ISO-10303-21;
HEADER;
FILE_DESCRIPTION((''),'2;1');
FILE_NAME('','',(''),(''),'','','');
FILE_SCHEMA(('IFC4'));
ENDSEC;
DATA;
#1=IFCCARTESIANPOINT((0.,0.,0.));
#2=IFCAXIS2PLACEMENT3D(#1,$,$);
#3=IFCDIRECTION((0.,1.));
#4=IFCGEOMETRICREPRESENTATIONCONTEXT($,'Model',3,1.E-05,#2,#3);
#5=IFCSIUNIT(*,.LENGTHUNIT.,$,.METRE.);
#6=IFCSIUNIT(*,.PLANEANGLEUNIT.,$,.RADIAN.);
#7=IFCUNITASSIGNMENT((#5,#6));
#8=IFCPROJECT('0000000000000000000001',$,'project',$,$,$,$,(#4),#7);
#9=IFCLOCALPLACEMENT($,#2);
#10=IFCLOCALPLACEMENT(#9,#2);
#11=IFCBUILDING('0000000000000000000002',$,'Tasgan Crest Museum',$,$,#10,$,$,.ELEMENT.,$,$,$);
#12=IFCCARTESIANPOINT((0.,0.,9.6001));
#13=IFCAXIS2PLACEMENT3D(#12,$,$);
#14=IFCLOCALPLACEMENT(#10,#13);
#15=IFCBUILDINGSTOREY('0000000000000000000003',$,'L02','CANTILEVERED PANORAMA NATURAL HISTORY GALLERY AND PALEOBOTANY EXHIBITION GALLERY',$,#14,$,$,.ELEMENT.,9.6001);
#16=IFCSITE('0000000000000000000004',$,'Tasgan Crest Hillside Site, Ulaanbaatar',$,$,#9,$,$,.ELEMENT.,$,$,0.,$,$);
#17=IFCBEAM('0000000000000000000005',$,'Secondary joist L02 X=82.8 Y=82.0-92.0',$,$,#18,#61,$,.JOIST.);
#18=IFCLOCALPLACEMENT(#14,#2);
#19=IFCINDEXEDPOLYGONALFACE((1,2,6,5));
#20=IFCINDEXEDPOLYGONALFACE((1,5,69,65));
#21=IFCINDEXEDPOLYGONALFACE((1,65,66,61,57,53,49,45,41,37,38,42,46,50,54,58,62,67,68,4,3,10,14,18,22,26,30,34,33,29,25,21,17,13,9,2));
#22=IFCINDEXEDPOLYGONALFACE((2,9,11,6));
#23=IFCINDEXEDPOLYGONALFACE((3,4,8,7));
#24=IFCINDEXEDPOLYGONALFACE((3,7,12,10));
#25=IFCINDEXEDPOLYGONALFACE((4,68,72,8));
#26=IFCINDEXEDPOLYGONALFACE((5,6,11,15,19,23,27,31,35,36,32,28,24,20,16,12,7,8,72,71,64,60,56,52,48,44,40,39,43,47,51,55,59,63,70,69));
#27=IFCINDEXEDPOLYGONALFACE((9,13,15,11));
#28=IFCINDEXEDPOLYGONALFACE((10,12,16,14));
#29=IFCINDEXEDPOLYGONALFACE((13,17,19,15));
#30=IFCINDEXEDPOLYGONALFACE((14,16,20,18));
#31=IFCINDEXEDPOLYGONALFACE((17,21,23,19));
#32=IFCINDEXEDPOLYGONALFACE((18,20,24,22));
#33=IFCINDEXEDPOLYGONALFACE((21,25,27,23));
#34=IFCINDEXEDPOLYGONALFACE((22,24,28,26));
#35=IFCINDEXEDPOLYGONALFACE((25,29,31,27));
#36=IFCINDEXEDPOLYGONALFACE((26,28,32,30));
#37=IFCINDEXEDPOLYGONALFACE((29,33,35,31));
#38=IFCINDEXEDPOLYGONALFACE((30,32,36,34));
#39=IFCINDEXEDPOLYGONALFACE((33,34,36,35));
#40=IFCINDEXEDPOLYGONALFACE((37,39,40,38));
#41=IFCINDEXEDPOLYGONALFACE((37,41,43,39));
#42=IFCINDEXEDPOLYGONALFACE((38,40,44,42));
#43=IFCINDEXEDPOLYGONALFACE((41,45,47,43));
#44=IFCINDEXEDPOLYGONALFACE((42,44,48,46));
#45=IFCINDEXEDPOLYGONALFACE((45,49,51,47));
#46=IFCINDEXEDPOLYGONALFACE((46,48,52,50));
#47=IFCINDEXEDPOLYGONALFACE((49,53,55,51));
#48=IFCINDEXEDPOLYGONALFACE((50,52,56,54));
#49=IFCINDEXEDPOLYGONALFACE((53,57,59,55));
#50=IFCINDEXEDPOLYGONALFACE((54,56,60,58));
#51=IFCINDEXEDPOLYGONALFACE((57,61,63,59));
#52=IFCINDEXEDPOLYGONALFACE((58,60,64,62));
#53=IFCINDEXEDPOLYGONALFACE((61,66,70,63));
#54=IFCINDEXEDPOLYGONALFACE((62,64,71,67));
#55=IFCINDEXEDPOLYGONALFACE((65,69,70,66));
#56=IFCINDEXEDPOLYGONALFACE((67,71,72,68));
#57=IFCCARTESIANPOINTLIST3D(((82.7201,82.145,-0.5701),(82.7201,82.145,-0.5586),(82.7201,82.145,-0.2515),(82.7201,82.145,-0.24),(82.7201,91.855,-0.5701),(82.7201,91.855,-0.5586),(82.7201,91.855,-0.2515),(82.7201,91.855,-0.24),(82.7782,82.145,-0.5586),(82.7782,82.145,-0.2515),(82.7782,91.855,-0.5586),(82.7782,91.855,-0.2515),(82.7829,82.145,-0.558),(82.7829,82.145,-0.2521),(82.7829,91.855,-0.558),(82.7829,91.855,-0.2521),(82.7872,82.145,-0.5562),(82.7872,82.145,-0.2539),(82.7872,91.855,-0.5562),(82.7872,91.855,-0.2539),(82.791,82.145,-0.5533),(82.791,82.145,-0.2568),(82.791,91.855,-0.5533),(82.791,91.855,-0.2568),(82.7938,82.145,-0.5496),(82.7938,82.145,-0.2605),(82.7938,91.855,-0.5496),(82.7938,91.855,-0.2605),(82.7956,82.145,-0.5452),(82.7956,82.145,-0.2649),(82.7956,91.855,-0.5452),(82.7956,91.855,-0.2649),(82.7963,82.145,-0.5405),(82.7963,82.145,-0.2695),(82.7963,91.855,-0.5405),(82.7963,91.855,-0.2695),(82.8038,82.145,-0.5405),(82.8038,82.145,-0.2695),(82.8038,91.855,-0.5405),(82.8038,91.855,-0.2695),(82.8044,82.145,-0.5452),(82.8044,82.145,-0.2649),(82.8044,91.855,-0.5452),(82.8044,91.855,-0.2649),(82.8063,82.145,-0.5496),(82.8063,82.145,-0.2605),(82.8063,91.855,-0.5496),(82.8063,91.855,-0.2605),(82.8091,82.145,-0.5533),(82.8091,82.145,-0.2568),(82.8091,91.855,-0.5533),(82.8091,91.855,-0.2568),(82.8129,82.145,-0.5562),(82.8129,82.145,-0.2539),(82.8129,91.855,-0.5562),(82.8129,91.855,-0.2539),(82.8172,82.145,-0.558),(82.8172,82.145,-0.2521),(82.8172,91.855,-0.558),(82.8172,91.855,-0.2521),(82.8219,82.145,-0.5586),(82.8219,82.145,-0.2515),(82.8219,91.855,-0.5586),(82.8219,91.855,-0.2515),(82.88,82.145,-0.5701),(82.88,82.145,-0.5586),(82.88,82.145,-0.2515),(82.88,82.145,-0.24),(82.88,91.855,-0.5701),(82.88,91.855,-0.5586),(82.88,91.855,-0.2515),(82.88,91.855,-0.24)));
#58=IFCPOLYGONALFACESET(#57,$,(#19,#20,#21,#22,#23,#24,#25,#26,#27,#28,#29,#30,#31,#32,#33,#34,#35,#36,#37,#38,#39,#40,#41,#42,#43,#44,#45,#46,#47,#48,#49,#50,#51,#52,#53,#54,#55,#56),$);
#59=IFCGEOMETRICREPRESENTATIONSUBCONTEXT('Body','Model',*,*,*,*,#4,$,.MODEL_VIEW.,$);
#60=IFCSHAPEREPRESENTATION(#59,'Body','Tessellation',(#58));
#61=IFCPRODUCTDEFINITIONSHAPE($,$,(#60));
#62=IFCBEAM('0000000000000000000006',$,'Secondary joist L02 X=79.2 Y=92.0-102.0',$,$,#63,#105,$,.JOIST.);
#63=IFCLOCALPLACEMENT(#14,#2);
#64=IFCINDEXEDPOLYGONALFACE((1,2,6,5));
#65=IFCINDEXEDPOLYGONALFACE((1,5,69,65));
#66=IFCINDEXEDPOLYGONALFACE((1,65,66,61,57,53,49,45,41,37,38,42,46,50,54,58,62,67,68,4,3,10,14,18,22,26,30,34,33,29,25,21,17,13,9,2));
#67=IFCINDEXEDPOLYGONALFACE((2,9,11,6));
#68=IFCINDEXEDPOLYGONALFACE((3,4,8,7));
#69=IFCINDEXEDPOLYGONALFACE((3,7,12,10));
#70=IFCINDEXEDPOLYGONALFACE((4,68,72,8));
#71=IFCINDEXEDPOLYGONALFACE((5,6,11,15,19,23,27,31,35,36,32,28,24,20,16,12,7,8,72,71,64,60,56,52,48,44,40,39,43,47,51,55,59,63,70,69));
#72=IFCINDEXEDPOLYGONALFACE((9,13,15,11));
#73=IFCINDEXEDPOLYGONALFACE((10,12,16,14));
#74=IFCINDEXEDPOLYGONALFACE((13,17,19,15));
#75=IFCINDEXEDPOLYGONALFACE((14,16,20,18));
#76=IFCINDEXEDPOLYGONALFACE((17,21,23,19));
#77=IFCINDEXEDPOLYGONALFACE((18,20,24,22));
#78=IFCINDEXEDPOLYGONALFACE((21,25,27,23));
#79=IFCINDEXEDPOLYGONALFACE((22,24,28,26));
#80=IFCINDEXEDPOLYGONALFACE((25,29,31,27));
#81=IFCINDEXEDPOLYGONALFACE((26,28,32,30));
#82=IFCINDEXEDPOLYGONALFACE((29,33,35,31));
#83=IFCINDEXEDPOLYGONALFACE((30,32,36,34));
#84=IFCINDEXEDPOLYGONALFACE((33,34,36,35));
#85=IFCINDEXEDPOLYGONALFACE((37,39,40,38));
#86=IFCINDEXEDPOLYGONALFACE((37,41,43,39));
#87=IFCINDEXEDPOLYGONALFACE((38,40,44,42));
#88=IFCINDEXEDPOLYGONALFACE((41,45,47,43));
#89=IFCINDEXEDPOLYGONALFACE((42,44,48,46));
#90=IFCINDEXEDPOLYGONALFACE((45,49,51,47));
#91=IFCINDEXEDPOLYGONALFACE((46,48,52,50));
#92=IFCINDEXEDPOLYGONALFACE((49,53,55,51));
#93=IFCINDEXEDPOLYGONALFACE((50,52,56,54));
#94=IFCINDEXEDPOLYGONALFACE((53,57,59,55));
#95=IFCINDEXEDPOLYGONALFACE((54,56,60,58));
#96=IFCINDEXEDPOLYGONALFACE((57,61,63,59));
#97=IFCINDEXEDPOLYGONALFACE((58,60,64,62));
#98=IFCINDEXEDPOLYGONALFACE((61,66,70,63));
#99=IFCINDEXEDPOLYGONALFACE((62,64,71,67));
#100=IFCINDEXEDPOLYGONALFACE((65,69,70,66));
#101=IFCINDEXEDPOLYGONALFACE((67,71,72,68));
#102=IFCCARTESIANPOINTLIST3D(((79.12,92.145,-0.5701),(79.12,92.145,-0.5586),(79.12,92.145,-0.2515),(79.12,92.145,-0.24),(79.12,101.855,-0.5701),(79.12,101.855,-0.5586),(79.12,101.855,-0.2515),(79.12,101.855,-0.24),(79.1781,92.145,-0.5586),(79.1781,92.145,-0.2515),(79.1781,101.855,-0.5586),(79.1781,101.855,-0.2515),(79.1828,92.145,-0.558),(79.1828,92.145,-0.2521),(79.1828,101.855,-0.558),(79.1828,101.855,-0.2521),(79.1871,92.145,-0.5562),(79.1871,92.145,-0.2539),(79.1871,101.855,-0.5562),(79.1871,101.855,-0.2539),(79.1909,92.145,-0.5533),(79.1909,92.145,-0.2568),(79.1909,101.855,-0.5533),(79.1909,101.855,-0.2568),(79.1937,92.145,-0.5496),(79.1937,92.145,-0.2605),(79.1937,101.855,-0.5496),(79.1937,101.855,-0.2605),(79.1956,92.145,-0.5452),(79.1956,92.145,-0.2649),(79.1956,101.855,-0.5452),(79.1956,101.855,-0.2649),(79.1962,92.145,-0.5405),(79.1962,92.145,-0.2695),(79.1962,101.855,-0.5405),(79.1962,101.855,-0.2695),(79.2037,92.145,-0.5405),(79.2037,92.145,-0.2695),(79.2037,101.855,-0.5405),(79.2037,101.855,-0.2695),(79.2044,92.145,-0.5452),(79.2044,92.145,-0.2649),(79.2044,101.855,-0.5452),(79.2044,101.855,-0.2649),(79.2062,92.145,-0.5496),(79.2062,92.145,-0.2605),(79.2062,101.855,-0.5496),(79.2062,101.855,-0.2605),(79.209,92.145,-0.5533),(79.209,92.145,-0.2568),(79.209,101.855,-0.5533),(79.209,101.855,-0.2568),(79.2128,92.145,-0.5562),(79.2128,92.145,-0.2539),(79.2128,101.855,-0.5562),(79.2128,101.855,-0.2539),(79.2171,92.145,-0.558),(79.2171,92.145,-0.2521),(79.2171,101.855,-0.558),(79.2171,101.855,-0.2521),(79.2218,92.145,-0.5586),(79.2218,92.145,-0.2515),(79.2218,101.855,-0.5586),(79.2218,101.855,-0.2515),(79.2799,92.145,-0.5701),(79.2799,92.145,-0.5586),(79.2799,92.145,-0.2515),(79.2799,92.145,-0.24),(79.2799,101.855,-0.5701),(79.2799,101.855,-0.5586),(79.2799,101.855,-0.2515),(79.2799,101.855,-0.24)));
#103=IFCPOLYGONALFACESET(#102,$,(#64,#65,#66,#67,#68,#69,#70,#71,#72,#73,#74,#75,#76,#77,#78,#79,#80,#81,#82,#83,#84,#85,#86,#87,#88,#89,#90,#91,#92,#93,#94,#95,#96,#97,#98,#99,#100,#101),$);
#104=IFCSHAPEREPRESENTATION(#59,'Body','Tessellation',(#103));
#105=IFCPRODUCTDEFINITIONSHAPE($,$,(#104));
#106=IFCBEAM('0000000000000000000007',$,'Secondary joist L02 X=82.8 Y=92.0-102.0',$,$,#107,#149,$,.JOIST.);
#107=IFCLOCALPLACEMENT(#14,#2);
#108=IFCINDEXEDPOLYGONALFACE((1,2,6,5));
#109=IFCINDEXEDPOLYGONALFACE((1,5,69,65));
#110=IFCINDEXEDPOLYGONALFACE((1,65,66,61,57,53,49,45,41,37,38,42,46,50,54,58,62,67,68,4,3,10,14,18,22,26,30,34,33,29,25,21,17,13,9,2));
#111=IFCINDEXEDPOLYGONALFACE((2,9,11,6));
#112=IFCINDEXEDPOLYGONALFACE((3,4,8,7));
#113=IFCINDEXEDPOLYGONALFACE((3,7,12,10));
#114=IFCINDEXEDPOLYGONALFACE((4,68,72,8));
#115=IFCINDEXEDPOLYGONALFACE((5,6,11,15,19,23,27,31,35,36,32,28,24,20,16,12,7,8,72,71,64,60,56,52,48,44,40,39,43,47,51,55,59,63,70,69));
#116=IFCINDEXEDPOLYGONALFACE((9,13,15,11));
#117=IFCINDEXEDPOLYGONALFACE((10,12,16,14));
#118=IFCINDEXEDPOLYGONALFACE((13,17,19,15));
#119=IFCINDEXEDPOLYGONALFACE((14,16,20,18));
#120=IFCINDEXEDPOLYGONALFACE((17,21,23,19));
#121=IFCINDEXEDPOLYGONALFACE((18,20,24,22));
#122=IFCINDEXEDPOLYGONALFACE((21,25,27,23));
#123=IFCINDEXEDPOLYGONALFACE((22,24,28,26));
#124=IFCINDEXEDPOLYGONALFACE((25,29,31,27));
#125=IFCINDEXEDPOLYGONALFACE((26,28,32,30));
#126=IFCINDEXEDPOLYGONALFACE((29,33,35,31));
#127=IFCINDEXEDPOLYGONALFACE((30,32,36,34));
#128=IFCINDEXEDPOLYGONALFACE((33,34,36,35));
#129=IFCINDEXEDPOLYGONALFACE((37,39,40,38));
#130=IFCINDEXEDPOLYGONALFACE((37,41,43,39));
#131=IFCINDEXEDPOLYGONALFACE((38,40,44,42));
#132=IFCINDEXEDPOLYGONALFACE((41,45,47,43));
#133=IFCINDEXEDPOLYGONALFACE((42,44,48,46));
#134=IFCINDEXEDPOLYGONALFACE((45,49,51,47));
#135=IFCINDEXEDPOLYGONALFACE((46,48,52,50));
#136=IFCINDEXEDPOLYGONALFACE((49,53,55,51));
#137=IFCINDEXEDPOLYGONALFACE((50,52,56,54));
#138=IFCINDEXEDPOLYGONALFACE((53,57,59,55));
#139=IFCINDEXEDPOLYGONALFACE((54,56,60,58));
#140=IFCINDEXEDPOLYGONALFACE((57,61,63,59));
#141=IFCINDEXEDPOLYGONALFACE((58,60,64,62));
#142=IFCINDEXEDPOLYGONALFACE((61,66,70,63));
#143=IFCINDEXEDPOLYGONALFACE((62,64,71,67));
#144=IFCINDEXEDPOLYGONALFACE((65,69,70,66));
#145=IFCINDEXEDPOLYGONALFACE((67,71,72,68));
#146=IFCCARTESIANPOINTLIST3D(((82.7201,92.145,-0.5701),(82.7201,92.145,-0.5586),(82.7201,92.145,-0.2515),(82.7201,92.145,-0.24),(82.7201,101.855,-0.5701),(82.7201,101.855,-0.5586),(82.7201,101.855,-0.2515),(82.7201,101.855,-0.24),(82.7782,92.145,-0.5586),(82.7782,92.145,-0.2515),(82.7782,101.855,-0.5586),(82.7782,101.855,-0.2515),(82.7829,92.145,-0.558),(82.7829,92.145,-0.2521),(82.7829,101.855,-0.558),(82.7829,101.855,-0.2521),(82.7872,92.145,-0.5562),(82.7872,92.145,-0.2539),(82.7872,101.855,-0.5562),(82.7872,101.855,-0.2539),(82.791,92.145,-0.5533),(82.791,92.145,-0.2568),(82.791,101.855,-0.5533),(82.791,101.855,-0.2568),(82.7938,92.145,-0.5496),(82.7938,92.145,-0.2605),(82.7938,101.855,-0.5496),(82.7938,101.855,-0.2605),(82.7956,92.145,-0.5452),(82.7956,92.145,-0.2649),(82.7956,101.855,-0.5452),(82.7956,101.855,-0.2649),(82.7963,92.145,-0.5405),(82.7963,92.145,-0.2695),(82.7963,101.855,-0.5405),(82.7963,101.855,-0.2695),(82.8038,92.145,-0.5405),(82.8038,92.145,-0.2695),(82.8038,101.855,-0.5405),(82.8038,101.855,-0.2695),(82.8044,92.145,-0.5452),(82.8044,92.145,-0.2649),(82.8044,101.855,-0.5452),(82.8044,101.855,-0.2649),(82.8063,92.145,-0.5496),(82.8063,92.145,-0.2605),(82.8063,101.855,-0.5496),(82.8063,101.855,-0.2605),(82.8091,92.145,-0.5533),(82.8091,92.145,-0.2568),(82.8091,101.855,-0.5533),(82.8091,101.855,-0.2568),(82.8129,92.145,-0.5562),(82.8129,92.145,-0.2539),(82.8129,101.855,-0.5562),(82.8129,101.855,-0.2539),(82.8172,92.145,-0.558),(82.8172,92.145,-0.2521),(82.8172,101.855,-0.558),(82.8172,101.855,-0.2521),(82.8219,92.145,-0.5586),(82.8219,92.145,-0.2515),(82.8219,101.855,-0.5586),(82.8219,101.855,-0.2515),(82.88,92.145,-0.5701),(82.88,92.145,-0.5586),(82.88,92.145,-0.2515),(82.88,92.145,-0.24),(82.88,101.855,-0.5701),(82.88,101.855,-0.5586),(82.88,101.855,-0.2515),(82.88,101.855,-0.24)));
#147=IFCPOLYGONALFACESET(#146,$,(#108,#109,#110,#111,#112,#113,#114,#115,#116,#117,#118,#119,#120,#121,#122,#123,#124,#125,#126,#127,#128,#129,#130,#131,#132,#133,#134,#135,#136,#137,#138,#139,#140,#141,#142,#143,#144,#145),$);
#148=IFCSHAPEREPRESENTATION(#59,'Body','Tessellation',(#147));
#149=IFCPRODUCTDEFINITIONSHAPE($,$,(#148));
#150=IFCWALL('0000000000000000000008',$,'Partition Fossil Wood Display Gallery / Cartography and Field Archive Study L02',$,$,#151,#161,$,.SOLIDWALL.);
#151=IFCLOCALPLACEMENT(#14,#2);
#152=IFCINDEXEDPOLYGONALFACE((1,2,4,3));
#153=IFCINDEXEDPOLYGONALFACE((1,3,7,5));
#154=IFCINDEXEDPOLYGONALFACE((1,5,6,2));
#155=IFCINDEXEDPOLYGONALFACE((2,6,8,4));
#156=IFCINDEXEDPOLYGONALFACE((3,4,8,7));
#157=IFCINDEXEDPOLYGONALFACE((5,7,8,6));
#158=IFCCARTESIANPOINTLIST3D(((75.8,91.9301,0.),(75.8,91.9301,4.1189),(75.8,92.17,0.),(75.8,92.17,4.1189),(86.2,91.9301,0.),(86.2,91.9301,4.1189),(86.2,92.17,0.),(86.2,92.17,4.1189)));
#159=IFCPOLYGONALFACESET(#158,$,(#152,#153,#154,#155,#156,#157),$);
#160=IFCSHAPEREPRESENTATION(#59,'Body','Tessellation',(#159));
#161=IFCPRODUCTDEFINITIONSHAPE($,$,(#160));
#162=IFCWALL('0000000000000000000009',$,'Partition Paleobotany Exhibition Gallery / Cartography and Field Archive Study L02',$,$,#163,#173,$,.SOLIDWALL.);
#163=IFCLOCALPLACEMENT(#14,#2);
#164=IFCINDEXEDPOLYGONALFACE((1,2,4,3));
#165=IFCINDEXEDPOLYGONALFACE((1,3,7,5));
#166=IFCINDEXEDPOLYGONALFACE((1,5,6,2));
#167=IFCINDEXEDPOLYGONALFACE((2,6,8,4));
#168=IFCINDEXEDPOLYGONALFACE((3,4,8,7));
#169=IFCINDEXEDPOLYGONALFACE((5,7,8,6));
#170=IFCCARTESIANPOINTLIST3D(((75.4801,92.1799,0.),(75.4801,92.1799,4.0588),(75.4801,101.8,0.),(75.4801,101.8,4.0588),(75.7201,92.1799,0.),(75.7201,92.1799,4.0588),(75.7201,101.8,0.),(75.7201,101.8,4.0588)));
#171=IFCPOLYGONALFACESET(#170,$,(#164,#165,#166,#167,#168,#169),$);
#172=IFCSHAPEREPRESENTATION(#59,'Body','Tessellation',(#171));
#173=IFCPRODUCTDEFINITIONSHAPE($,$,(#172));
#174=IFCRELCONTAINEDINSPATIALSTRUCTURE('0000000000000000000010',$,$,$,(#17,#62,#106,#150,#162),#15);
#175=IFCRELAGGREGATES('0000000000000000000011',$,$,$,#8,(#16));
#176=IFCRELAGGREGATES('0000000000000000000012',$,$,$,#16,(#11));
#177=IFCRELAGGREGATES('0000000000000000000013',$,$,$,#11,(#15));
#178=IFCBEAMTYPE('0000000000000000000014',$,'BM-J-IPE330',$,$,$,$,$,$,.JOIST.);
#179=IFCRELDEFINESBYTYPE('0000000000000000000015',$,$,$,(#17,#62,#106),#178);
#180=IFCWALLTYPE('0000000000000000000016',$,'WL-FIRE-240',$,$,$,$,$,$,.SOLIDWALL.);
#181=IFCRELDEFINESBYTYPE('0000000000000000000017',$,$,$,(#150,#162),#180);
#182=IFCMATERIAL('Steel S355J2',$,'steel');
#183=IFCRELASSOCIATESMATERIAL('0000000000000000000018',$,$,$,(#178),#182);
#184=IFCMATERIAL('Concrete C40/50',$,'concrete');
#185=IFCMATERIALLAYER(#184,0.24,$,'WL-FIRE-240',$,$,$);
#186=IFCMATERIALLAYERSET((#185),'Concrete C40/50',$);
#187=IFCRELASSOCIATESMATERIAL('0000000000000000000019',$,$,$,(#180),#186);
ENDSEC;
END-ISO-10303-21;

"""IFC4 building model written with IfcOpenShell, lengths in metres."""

from ifc_helpers import new_model, si_unit, direction, frame, frame_2d, origin, origin_2d, place, context, subcontext, project, spatial, rectangle, i_section, extrude, material, layer, layer_set, material_profile, profile_set, type_object, element, save


model = new_model("IFC4")

# Units and contexts
model_context = context("Model", 3, precision=1e-05, world=origin(), true_north=direction((0.0, 1.0)))
body_context = subcontext(model_context, "Body", "Model", "MODEL_VIEW")
ifc_project = project(units=[si_unit("LENGTHUNIT", "METRE"), si_unit("PLANEANGLEUNIT", "RADIAN")], contexts=[model_context])

# Site, building, storey
site_placement = place(None, origin())
site = spatial("IfcSite", under=ifc_project, at=site_placement, Name="Tasgan Crest Hillside Site, Ulaanbaatar", CompositionType="ELEMENT", RefElevation=0.0)
building_placement = place(site_placement, origin())
building = spatial("IfcBuilding", under=site, at=building_placement, Name="Tasgan Crest Museum", CompositionType="ELEMENT")
storey_placement = place(building_placement, frame((0.0, 0.0, 9.6001)))
storey = spatial("IfcBuildingStorey", under=building, at=storey_placement, Name="L02", Description="CANTILEVERED PANORAMA NATURAL HISTORY GALLERY AND PALEOBOTANY EXHIBITION GALLERY", CompositionType="ELEMENT", Elevation=9.6001)

# Beams
ifc_material_1 = material(Name="Steel S355J2", Category="steel")
ifc_material_profile_1 = material_profile(ifc_material_1, i_section(OverallWidth=0.1599, OverallDepth=0.3301, WebThickness=0.0076, FlangeThickness=0.0115, FilletRadius=0.0181, at=origin_2d()), Name="IPE 330")
ifc_profile_set_1 = profile_set([ifc_material_profile_1], Name="Steel S355J2")
beam_type_1 = type_object("IfcBeamType", Name="BM-J-IPE330", PredefinedType="JOIST", material=ifc_profile_set_1)
for number, where, z_axis, x_axis, name in (
    (1, (82.8, 82.145, -0.405), (0.0, 1.0, 0.0), (-1.0, 0.0, 0.0), "Secondary joist L02 X=82.8 Y=82.0-92.0"),
    (2, (79.2, 92.145, -0.405), (0.0, 1.0, 0.0), (-1.0, 0.0, 0.0), "Secondary joist L02 X=79.2 Y=92.0-102.0"),
    (3, (82.8, 92.145, -0.405), (0.0, 1.0, 0.0), (-1.0, 0.0, 0.0), "Secondary joist L02 X=82.8 Y=92.0-102.0"),
):
    element("IfcBeam", number, at=place(storey_placement, frame(where, z_axis=z_axis, x_axis=x_axis)), inside=storey, type_object=beam_type_1, Name=name, PredefinedType="JOIST", context=body_context, shape_type="SweptSolid", body=[
        extrude(i_section(OverallWidth=0.1599, OverallDepth=0.3301, WebThickness=0.0076, FlangeThickness=0.0115, FilletRadius=0.0181, at=origin_2d()), origin(), (0.0, 0.0, 1.0), 9.71),
    ])

# Walls
ifc_material_2 = material(Name="Concrete C40/50", Category="concrete")
ifc_layer = layer(ifc_material_2, 0.24, Name="WL-FIRE-240")
ifc_layer_set = layer_set([ifc_layer], Name="Concrete C40/50")
wall_type = type_object("IfcWallType", Name="WL-FIRE-240", PredefinedType="SOLIDWALL", material=ifc_layer_set)
wall_1_placement = place(storey_placement, frame((75.8, 92.05, 0.0), z_axis=(0.0, 0.0, 1.0), x_axis=(1.0, 0.0, 0.0)))
element("IfcWall", 4, at=wall_1_placement, inside=storey, type_object=wall_type, Name="Partition Fossil Wood Display Gallery / Cartography and Field Archive Study L02", PredefinedType="SOLIDWALL", context=body_context, shape_type="SweptSolid", body=[
    extrude(rectangle(XDim=10.3999, YDim=0.24, at=frame_2d((5.2, 0.0))), origin(), (0.0, 0.0, 1.0), 4.1189),
])
wall_2_placement = place(storey_placement, frame((75.6001, 92.1799, 0.0), z_axis=(0.0, 0.0, 1.0), x_axis=(0.0, 1.0, 0.0)))
element("IfcWall", 5, at=wall_2_placement, inside=storey, type_object=wall_type, Name="Partition Paleobotany Exhibition Gallery / Cartography and Field Archive Study L02", PredefinedType="SOLIDWALL", context=body_context, shape_type="SweptSolid", body=[
    extrude(rectangle(XDim=9.6201, YDim=0.24, at=frame_2d((4.8101, 0.0))), origin(), (0.0, 0.0, 1.0), 4.0588),
])

save(model, "model.ifc")
